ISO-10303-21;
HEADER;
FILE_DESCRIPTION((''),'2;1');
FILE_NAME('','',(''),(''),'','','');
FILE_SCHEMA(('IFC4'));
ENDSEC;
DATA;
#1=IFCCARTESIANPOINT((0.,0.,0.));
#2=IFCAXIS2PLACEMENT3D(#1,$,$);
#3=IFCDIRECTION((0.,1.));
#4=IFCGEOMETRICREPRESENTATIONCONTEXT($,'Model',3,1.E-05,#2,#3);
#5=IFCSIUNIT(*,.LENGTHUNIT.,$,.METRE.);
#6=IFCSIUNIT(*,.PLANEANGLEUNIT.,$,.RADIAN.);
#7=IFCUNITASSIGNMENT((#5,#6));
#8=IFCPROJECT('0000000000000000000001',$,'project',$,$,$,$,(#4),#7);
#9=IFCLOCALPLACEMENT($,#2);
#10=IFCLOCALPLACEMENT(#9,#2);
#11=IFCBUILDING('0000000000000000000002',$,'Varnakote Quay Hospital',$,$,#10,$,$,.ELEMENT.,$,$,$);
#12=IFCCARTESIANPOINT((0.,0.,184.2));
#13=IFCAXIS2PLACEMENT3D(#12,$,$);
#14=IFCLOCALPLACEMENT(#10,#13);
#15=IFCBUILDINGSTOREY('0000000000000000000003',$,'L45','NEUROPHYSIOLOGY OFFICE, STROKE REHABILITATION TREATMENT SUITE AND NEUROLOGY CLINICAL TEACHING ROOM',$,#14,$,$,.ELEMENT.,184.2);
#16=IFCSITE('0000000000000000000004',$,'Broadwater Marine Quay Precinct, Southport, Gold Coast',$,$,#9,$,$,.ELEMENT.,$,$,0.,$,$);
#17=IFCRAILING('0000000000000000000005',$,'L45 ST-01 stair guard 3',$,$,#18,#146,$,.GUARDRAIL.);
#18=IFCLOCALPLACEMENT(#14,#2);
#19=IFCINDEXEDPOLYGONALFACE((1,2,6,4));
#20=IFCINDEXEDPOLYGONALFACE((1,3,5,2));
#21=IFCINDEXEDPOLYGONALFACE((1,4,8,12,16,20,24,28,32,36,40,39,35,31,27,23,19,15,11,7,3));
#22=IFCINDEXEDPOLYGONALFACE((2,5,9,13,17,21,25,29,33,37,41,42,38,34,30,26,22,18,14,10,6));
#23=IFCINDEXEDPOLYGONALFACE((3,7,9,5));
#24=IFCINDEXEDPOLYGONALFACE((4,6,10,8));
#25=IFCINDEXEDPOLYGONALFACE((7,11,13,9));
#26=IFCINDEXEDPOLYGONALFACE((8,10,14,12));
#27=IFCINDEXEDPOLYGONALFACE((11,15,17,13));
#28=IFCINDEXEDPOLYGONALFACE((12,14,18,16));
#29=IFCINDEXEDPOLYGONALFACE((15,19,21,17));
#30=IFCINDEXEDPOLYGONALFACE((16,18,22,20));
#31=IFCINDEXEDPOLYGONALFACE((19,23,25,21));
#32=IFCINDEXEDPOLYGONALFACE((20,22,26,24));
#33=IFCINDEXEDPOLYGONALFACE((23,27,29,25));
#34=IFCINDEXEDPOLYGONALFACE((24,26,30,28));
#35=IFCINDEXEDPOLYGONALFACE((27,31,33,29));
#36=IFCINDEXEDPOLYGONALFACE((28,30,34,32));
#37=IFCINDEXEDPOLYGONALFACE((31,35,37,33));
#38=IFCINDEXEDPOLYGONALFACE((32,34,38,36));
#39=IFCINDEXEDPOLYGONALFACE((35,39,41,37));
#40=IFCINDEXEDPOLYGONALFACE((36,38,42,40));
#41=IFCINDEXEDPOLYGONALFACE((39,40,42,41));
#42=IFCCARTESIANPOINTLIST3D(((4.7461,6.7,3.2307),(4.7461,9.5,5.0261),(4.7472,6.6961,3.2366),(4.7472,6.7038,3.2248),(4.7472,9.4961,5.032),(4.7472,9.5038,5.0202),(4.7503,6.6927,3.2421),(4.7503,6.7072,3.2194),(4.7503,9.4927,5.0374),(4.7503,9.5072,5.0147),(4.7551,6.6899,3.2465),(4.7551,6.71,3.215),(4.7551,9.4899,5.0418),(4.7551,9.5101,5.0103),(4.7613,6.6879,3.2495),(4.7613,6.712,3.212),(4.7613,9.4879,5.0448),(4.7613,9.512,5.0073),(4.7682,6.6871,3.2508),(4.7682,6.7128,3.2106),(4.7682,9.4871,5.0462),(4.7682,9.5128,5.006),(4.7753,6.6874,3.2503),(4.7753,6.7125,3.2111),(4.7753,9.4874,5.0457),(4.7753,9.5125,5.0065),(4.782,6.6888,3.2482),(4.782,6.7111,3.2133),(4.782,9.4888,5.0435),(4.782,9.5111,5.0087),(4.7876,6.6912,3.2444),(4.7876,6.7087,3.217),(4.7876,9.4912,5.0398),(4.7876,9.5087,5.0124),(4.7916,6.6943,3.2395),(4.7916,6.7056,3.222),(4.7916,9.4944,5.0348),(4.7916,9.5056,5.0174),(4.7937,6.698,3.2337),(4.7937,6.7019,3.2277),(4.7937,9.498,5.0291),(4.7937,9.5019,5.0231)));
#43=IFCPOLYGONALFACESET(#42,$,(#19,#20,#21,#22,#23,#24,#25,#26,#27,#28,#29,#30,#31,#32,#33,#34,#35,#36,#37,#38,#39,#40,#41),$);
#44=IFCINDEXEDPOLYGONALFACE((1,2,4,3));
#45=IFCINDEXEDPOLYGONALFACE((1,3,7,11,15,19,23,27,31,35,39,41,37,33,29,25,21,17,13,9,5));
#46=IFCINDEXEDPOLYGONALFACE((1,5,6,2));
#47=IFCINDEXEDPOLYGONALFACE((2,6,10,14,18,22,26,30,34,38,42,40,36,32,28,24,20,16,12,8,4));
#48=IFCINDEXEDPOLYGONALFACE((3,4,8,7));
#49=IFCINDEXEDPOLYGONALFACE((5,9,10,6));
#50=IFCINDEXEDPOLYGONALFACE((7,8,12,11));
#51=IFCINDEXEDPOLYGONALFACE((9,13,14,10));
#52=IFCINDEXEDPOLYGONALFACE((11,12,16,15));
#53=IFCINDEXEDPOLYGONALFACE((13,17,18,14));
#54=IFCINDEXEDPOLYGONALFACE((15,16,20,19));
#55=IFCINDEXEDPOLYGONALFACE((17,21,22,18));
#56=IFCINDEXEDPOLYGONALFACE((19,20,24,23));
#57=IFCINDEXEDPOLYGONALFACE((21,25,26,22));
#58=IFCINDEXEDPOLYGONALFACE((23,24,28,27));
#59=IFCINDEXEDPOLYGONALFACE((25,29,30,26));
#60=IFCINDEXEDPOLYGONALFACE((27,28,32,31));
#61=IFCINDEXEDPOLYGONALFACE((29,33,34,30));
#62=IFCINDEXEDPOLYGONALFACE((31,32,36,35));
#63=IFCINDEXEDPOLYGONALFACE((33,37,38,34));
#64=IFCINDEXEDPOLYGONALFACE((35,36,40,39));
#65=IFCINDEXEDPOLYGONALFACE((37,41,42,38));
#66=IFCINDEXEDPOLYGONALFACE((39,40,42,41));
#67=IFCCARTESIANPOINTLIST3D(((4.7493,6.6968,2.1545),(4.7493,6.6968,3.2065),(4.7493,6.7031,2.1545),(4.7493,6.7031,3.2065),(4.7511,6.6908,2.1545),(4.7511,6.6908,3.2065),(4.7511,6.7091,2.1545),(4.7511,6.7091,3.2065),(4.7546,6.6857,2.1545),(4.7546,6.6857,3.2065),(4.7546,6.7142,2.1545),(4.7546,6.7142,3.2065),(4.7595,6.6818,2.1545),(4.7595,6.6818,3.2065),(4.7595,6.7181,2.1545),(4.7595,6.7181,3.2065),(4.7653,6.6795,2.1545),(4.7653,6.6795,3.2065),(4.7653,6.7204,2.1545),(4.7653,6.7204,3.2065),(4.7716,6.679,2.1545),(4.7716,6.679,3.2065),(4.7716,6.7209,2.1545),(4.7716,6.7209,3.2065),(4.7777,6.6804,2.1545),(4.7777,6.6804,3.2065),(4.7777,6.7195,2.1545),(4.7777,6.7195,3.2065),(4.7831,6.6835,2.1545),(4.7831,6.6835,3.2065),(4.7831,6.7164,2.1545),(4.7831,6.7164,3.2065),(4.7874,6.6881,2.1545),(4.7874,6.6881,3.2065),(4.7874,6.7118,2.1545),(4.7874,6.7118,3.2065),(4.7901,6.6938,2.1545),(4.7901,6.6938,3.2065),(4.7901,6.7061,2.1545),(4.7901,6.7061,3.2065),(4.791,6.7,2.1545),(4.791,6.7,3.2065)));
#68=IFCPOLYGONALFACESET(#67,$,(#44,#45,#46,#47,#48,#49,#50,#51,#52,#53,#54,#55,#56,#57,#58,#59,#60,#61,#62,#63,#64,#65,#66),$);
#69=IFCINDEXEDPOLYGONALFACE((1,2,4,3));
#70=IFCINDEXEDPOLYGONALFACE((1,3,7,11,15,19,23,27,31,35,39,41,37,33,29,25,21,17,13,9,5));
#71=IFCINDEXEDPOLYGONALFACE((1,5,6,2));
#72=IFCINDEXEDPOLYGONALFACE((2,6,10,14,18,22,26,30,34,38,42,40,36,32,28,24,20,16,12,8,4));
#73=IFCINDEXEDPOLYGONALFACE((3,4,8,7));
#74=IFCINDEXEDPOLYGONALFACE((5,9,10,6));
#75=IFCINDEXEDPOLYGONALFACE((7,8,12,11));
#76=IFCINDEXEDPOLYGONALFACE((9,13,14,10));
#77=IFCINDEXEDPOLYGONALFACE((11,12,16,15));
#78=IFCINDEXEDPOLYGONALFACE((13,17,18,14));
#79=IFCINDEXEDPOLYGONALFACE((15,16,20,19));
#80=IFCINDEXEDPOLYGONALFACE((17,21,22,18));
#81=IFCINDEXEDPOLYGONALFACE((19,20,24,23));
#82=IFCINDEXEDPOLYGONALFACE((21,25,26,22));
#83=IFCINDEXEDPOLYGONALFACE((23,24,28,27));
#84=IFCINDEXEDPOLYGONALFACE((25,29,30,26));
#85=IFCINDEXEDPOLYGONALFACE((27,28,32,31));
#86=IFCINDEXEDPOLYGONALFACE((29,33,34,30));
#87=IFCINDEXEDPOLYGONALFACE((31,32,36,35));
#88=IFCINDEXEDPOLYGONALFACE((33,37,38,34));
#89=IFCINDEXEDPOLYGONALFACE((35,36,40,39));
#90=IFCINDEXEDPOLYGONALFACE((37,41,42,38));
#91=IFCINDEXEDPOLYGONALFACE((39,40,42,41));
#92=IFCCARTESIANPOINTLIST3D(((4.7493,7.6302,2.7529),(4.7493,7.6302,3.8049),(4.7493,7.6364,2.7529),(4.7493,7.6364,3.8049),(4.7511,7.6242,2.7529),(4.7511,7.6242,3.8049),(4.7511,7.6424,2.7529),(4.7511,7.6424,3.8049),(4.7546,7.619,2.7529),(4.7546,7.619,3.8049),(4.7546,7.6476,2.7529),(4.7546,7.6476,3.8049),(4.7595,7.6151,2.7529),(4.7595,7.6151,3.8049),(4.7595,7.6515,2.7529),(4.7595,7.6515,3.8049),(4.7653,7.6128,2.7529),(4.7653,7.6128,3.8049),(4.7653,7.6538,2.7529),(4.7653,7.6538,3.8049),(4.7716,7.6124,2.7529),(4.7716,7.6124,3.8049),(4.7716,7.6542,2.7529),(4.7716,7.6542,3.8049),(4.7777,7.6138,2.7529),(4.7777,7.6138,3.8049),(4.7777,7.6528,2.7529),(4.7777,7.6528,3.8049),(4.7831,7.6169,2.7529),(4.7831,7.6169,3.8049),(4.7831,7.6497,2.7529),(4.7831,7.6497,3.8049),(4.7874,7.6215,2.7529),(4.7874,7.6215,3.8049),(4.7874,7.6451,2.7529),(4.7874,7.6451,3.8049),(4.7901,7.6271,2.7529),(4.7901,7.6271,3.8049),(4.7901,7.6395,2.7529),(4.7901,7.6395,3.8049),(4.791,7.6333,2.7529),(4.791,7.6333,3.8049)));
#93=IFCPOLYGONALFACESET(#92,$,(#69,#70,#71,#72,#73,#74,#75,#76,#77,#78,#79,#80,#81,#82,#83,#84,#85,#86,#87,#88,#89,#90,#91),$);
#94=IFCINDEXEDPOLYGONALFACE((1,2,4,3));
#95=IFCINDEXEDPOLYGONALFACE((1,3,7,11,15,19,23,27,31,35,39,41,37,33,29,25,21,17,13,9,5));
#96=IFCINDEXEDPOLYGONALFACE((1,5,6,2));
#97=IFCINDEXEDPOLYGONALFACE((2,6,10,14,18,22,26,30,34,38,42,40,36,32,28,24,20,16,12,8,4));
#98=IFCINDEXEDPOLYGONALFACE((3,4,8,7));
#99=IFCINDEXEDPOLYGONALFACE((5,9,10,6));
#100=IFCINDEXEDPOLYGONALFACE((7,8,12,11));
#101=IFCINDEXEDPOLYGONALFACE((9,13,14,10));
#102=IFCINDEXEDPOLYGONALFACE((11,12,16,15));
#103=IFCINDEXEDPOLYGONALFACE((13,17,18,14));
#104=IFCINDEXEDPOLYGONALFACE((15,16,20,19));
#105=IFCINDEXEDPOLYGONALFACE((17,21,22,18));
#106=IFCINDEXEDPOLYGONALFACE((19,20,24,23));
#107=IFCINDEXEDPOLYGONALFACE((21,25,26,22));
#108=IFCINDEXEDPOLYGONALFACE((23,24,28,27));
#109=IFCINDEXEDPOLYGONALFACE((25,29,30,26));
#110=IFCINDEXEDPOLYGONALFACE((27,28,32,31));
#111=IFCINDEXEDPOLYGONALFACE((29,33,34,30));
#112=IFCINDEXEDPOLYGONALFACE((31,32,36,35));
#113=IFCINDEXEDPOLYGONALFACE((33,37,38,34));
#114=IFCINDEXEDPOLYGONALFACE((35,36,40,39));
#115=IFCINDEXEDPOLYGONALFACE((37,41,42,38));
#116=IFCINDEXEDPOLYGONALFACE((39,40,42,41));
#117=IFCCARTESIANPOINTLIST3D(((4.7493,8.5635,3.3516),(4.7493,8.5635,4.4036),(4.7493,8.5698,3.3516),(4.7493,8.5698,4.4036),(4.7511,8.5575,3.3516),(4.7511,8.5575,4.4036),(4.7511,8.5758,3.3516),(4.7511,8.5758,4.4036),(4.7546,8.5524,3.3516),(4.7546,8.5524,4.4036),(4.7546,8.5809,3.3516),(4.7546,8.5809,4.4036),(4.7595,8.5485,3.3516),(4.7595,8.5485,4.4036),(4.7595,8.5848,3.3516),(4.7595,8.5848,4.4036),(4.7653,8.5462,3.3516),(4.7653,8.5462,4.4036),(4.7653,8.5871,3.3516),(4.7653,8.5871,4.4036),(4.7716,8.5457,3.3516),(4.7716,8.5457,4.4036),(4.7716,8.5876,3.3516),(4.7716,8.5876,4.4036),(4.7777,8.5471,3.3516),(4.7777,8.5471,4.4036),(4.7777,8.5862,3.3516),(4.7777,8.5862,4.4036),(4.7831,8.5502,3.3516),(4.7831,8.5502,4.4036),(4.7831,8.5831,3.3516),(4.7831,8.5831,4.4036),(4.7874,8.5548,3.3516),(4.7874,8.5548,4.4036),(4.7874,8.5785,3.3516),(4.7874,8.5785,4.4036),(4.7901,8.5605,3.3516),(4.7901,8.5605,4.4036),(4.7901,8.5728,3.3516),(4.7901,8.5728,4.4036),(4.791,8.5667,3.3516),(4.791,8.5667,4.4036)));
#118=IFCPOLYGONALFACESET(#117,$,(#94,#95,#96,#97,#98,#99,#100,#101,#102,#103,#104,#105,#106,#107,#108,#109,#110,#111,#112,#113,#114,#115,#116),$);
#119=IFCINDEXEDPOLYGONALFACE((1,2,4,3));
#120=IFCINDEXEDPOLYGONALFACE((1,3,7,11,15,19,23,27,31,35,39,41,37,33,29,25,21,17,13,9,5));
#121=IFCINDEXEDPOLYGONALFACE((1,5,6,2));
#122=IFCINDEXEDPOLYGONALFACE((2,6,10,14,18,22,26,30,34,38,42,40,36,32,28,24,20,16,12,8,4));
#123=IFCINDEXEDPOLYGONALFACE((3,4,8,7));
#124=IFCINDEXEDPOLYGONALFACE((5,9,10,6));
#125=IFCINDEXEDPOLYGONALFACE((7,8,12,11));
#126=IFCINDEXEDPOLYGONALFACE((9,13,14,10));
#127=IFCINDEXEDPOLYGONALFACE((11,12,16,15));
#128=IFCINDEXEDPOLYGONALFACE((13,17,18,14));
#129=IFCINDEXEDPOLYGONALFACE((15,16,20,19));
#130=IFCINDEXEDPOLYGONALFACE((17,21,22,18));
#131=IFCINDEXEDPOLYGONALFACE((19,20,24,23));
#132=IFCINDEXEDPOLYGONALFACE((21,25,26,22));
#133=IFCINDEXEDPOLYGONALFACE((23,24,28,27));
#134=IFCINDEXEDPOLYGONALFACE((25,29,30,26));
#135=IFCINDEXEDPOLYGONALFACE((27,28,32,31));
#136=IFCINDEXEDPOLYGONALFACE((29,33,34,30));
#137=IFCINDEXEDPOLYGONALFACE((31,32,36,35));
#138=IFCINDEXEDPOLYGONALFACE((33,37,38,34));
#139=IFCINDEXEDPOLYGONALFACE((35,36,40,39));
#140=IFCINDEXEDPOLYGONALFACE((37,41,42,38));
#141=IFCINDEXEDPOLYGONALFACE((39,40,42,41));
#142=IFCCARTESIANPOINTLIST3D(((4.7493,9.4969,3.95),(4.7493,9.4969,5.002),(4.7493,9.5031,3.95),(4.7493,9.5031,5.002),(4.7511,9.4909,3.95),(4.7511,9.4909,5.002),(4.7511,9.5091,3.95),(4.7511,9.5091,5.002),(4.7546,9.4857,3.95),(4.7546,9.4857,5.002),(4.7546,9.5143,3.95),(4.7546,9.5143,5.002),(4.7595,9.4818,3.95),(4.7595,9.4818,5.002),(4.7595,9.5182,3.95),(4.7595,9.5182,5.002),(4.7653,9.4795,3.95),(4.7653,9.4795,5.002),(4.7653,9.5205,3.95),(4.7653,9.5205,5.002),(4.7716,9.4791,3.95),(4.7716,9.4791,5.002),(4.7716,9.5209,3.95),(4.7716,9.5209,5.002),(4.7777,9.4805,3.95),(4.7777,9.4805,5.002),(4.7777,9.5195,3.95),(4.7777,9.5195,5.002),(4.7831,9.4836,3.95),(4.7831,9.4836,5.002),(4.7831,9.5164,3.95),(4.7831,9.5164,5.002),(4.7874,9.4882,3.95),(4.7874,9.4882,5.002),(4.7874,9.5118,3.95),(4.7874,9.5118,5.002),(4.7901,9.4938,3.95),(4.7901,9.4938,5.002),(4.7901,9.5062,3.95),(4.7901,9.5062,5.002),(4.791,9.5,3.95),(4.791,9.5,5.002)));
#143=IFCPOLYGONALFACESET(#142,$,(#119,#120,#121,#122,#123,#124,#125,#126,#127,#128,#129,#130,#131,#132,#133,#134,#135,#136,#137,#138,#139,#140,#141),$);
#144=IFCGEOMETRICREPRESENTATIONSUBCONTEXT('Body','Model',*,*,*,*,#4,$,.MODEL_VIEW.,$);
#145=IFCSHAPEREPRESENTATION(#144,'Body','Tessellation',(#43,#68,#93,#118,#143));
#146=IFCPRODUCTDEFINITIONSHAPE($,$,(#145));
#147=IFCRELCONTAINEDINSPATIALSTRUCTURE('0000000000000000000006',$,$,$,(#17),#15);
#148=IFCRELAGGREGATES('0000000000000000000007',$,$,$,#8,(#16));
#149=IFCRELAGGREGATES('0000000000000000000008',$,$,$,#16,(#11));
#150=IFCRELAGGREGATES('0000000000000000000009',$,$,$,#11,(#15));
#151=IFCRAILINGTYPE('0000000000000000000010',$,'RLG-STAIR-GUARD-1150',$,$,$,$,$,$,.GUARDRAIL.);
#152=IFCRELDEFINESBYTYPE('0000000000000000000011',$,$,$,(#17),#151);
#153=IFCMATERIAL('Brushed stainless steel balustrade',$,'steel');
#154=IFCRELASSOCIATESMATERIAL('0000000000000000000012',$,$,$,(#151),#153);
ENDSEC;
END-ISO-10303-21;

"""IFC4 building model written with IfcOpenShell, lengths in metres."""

from ifc_helpers import new_model, si_unit, direction, frame, origin, origin_2d, place, context, subcontext, project, spatial, circle, extrude, material, type_object, element, save


model = new_model("IFC4")

# Units and contexts
model_context = context("Model", 3, precision=1e-05, world=origin(), true_north=direction((0.0, 1.0)))
body_context = subcontext(model_context, "Body", "Model", "MODEL_VIEW")
ifc_project = project(units=[si_unit("LENGTHUNIT", "METRE"), si_unit("PLANEANGLEUNIT", "RADIAN")], contexts=[model_context])

# Site, building, storey
site_placement = place(None, origin())
site = spatial("IfcSite", under=ifc_project, at=site_placement, Name="Broadwater Marine Quay Precinct, Southport, Gold Coast", CompositionType="ELEMENT", RefElevation=0.0)
building_placement = place(site_placement, origin())
building = spatial("IfcBuilding", under=site, at=building_placement, Name="Varnakote Quay Hospital", CompositionType="ELEMENT")
storey_placement = place(building_placement, frame((0.0, 0.0, 184.2)))
storey = spatial("IfcBuildingStorey", under=building, at=storey_placement, Name="L45", Description="NEUROPHYSIOLOGY OFFICE, STROKE REHABILITATION TREATMENT SUITE AND NEUROLOGY CLINICAL TEACHING ROOM", CompositionType="ELEMENT", Elevation=184.2)

# Railing
ifc_material_1 = material(Name="Brushed stainless steel balustrade", Category="steel")
railing_type_1 = type_object("IfcRailingType", Name="RLG-STAIR-GUARD-1150", PredefinedType="GUARDRAIL", material=ifc_material_1)
railing_1_placement = place(storey_placement, frame((4.77, 6.7, 2.1545)))
element("IfcRailing", 1, at=railing_1_placement, inside=storey, type_object=railing_type_1, Name="L45 ST-01 stair guard 3", PredefinedType="GUARDRAIL", context=body_context, shape_type="SweptSolid", body=[
    extrude(circle(Radius=0.0239, at=origin_2d()), frame((0.0, 0.0, 1.0762), z_axis=(0.0, 0.84181, 0.539774), x_axis=(-1.0, 0.0, 0.0)), (0.0, 0.0, 1.0), 3.3262),
    extrude(circle(Radius=0.021, at=origin_2d()), origin(), (0.0, 0.0, 1.0), 1.052),
    extrude(circle(Radius=0.021, at=origin_2d()), frame((0.0, 0.9333, 0.5984)), (0.0, 0.0, 1.0), 1.052),
    extrude(circle(Radius=0.021, at=origin_2d()), frame((0.0, 1.8667, 1.197)), (0.0, 0.0, 1.0), 1.052),
    extrude(circle(Radius=0.021, at=origin_2d()), frame((0.0, 2.8, 1.7954)), (0.0, 0.0, 1.0), 1.052),
])

save(model, "model.ifc")
